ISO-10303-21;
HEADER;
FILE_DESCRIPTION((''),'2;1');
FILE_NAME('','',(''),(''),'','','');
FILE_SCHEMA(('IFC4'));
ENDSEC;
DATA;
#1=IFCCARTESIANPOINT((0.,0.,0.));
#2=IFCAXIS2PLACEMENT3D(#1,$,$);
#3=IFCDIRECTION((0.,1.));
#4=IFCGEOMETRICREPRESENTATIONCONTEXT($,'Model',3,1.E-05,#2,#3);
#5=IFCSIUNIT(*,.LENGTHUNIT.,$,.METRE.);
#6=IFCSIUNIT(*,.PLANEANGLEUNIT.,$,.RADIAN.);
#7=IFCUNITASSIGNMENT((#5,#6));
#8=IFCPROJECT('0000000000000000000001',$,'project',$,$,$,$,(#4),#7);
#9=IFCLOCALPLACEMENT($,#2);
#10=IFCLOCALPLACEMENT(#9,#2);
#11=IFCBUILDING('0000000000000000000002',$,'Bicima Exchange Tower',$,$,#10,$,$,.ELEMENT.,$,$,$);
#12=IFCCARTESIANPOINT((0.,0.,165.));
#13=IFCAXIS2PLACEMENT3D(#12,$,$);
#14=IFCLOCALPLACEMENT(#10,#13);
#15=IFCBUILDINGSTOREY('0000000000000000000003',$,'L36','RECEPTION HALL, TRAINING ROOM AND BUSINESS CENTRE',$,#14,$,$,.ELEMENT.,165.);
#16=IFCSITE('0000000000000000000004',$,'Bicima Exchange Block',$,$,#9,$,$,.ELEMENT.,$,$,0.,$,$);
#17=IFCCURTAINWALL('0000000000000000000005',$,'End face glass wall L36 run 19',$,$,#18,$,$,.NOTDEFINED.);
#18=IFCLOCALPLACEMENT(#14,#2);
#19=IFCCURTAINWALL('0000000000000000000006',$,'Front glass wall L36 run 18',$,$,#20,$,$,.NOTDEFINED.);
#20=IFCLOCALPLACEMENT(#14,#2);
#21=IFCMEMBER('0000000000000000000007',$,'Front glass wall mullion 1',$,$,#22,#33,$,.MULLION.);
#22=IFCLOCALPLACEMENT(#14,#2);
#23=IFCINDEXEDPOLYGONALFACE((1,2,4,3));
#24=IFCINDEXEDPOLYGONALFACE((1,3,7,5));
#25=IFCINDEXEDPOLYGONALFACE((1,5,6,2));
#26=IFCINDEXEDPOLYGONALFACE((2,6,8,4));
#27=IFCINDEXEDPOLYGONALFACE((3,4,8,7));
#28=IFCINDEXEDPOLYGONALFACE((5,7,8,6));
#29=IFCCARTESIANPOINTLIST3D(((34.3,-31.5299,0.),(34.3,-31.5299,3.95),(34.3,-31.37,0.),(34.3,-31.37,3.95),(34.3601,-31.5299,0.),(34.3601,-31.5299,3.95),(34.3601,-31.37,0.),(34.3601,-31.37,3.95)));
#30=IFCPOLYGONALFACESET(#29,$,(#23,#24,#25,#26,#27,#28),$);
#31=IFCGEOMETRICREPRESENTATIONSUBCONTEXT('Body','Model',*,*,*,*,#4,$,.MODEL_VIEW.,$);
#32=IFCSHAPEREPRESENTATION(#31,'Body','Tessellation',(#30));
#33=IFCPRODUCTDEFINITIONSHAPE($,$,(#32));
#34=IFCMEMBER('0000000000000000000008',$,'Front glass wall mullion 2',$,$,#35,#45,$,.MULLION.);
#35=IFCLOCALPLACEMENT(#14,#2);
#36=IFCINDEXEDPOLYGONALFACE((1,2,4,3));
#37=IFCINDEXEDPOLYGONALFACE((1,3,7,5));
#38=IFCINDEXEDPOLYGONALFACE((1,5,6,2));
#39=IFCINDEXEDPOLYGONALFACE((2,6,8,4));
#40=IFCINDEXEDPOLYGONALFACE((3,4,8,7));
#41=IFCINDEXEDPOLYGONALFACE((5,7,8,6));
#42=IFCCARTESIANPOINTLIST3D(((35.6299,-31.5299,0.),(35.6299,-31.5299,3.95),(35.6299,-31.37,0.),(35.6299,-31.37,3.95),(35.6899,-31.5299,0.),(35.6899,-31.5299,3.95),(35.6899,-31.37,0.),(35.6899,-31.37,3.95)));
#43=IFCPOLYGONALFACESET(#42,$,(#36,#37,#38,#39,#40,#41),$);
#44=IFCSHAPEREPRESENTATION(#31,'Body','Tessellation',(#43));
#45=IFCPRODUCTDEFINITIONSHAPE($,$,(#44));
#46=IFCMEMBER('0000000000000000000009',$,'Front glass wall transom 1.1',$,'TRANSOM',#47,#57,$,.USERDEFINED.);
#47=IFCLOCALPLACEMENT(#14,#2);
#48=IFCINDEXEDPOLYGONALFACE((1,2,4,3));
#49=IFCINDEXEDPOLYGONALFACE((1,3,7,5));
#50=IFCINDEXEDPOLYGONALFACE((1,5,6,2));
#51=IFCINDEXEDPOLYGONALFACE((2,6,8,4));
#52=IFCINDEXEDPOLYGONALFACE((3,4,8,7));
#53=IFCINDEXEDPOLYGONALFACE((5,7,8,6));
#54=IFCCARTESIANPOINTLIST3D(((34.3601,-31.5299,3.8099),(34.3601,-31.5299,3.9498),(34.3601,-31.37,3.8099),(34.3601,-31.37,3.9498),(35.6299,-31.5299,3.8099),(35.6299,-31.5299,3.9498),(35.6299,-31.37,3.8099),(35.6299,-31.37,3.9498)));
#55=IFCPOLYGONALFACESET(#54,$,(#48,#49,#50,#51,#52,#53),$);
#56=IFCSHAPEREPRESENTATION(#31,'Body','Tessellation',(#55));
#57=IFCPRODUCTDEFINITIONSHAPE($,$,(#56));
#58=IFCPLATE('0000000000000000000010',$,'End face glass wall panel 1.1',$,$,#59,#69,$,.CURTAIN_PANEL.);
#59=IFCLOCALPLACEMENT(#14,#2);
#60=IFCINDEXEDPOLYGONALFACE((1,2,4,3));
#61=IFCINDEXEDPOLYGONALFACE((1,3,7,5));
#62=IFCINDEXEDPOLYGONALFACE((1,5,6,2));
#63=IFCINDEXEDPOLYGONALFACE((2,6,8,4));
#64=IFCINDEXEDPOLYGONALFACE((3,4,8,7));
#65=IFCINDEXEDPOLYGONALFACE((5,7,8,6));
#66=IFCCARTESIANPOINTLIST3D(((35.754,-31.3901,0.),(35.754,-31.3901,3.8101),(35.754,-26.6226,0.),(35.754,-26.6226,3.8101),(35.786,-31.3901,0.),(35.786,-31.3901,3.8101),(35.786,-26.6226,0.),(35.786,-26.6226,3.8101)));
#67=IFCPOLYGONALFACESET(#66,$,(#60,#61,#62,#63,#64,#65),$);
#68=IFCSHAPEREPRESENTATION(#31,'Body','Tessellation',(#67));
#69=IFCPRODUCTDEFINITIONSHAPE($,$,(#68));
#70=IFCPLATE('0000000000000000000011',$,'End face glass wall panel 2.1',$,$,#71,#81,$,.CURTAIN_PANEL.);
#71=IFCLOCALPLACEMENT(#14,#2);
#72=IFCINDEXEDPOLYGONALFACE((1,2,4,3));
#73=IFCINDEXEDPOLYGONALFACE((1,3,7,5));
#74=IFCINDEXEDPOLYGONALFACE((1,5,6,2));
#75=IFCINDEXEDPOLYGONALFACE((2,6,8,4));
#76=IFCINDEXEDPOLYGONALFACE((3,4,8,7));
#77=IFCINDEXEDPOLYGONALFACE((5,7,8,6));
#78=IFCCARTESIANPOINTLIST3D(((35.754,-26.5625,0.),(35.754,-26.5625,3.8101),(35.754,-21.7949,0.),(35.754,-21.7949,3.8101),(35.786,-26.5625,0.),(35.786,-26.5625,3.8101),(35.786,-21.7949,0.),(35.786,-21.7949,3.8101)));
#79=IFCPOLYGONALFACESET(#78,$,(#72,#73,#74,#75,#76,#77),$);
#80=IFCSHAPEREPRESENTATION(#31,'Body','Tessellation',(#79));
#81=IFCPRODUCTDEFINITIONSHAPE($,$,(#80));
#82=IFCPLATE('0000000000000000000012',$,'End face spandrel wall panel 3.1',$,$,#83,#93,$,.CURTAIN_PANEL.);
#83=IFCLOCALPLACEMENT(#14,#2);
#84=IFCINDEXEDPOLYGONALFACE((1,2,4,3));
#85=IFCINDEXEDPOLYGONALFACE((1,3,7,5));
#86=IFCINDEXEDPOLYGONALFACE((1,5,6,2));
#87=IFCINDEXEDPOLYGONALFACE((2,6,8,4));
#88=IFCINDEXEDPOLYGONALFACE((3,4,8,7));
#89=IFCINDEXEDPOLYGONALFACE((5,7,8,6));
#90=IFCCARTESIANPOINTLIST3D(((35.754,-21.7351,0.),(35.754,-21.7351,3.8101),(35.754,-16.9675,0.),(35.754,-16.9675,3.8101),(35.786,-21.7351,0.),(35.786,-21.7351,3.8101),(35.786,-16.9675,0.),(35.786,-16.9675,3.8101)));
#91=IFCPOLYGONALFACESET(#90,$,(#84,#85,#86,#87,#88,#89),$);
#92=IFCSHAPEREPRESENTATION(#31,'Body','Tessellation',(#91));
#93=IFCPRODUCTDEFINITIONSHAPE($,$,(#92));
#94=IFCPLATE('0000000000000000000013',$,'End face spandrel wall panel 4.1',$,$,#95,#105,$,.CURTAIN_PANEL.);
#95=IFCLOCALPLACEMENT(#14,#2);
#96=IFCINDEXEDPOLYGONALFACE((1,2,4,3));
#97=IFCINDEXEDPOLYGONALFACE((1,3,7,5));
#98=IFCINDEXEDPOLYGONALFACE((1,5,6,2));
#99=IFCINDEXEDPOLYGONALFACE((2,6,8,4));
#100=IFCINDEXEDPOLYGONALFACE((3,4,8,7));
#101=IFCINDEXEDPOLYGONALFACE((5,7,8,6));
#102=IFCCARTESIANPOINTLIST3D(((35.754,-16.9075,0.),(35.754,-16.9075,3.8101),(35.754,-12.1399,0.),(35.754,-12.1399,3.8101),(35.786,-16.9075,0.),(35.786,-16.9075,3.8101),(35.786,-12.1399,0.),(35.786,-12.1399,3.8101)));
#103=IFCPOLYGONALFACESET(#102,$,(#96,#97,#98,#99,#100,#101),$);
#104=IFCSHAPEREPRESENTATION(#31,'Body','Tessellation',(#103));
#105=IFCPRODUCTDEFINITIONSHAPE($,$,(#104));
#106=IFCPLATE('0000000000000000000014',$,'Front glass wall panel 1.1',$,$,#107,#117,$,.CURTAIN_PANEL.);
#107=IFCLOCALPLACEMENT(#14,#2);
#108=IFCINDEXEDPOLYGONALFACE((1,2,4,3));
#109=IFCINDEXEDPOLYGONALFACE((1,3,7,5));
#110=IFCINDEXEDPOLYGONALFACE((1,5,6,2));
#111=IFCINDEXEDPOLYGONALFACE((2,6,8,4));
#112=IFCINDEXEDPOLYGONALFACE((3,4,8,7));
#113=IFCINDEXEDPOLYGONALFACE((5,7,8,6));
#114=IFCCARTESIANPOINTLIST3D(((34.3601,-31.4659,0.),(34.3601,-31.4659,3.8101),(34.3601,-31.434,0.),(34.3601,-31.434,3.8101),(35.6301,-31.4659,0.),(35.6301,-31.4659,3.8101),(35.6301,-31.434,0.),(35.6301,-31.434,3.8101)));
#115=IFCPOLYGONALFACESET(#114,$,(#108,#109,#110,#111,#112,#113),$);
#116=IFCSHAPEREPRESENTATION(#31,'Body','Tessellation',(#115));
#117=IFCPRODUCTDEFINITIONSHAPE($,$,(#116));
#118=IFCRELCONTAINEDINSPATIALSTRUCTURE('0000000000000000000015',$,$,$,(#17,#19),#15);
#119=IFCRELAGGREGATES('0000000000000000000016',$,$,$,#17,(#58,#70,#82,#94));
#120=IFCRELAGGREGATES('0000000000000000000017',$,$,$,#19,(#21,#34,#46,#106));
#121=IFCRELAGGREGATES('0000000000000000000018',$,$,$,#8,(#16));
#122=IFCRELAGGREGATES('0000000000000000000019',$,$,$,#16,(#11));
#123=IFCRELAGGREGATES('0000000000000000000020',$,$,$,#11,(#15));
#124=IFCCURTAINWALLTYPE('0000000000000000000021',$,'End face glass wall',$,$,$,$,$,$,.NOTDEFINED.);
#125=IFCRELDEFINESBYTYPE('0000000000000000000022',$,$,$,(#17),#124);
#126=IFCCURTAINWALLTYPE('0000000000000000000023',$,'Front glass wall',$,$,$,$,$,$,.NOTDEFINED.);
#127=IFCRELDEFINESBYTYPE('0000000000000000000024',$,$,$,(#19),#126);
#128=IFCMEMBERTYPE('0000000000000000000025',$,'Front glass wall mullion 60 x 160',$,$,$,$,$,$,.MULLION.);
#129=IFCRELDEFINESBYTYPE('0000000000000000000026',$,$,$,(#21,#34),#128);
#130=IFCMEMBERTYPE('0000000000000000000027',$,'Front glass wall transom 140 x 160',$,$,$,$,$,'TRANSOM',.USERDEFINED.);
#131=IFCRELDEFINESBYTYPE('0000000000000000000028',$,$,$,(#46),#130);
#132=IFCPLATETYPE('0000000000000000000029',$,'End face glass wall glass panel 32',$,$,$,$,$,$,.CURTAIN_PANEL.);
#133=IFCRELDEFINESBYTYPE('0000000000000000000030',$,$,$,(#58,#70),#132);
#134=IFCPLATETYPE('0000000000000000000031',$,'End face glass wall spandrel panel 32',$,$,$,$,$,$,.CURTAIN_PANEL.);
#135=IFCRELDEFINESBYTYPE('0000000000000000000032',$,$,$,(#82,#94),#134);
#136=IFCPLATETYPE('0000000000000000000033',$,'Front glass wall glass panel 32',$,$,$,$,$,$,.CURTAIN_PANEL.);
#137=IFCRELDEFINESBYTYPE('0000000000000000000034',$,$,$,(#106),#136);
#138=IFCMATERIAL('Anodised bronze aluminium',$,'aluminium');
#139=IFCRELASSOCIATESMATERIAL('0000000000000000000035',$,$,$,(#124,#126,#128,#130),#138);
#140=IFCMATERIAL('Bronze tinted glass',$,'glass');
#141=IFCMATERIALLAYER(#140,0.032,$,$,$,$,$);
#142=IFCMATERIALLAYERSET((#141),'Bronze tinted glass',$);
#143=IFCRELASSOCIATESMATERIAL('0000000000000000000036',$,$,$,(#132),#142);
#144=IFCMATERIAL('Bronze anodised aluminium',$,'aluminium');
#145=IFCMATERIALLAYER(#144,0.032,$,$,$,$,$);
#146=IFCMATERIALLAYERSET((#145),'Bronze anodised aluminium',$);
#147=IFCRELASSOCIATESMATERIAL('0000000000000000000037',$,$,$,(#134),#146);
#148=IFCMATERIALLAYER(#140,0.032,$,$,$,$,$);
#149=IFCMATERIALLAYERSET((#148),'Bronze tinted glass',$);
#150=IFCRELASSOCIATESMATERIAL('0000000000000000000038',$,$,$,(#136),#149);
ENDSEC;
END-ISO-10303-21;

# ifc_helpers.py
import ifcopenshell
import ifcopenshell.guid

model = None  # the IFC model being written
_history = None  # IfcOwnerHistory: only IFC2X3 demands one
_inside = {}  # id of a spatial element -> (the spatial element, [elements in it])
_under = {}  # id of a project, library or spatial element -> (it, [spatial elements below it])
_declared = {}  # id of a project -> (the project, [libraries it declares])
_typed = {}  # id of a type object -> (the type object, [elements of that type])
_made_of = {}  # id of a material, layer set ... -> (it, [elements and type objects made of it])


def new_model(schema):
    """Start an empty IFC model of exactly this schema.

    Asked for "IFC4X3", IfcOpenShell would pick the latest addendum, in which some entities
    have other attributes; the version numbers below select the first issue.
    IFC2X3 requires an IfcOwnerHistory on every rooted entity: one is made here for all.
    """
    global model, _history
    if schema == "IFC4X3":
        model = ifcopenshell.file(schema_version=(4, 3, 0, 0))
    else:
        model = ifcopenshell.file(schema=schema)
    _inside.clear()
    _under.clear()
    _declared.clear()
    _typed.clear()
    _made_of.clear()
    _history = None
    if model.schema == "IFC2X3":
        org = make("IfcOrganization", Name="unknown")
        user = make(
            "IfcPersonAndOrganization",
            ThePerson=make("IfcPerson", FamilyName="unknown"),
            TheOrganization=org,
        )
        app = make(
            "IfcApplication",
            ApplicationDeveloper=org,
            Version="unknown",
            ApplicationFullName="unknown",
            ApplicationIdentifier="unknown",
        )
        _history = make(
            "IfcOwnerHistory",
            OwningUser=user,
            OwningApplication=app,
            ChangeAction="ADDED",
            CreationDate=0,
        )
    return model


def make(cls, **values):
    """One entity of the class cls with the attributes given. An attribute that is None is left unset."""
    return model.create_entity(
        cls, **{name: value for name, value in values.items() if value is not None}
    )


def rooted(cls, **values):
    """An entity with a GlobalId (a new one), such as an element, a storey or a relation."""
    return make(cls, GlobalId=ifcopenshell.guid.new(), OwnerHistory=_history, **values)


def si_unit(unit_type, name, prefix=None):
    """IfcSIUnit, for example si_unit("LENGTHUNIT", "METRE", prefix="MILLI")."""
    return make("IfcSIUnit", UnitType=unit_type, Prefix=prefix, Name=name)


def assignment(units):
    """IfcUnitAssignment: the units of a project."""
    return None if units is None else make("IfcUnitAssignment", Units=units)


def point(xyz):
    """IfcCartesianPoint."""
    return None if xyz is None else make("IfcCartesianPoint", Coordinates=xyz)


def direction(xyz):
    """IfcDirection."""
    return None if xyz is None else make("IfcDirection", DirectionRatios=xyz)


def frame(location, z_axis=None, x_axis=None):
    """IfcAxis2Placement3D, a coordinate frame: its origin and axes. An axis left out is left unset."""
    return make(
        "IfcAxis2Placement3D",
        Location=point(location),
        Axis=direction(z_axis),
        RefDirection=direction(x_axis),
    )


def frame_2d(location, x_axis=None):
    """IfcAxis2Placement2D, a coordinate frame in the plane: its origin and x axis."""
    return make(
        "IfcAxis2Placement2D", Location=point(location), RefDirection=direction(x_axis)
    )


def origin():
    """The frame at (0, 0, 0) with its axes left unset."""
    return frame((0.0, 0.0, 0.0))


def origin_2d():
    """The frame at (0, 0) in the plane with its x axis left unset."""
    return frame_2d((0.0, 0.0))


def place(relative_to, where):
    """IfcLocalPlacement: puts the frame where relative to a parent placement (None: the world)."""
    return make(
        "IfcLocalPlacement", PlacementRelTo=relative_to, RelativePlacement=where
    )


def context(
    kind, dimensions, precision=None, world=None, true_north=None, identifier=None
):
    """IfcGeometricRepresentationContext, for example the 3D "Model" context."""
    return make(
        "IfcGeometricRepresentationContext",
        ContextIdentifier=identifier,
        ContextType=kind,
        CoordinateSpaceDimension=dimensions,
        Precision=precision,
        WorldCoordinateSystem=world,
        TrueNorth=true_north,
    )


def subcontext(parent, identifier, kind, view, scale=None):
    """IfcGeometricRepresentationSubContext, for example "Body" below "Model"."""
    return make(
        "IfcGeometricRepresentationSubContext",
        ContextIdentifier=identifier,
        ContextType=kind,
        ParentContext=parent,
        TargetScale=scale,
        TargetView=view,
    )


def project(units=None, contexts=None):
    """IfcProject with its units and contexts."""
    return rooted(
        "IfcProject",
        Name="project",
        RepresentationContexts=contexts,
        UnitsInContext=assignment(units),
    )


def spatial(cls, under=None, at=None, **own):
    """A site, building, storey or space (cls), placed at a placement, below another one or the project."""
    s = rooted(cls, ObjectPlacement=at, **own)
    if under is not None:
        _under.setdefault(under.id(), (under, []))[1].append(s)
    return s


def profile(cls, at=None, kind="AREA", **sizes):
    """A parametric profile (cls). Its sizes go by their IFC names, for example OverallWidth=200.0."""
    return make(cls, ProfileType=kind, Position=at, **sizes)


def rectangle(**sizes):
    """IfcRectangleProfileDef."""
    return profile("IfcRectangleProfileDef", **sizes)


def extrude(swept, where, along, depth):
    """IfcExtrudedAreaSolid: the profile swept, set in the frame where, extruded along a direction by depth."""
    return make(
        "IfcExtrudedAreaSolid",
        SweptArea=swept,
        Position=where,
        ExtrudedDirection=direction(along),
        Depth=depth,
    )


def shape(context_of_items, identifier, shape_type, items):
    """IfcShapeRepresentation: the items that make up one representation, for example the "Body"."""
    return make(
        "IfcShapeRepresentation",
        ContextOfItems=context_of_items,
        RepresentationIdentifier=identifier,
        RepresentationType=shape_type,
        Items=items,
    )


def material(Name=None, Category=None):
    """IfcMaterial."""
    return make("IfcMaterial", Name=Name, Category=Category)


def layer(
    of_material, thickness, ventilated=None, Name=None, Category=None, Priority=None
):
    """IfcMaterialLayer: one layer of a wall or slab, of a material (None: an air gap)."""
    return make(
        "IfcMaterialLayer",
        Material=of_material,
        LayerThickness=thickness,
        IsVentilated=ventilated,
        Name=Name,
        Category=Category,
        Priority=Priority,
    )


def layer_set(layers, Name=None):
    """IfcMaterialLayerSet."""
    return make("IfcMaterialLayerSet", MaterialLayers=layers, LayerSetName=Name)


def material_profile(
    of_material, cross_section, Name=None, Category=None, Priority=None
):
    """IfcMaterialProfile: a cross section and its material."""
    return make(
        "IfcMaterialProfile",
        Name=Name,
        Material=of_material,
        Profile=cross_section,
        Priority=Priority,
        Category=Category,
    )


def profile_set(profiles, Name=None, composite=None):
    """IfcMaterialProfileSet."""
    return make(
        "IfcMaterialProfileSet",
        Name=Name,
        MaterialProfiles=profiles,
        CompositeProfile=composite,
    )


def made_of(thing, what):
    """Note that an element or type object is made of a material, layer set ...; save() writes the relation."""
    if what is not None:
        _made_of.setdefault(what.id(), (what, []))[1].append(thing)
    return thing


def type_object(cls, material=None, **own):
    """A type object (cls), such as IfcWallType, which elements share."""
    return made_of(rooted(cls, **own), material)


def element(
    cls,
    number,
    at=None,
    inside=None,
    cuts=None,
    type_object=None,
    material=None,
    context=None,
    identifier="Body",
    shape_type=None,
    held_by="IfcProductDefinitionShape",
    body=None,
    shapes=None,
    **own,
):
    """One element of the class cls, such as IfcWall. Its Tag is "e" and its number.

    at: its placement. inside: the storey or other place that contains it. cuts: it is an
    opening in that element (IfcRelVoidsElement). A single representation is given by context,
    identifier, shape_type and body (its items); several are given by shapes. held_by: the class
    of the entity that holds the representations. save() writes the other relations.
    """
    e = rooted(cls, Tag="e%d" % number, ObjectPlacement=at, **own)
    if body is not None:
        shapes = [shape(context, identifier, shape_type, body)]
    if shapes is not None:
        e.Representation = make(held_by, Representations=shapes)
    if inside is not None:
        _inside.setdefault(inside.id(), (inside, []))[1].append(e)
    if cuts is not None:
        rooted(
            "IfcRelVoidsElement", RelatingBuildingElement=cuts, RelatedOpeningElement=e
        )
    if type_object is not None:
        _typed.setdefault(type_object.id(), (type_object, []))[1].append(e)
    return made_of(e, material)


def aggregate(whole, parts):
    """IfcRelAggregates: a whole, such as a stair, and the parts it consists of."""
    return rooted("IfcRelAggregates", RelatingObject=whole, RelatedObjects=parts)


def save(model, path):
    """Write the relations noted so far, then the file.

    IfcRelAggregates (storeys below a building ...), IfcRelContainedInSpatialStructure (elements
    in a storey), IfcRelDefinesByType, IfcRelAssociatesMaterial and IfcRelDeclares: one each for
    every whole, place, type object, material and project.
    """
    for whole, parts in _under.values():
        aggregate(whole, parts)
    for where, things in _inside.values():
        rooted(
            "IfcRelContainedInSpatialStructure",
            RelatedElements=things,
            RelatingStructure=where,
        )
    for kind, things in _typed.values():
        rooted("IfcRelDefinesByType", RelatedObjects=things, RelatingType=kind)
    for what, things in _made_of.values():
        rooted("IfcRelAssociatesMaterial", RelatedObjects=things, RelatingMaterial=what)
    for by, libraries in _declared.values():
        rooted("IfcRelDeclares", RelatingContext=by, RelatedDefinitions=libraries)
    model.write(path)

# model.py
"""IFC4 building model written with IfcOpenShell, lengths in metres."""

from ifc_helpers import new_model, si_unit, direction, frame, origin, origin_2d, place, context, subcontext, project, spatial, rectangle, extrude, material, layer, layer_set, material_profile, profile_set, type_object, element, aggregate, save


model = new_model("IFC4")

# Units and contexts
model_context = context("Model", 3, precision=1e-05, world=origin(), true_north=direction((0.0, 1.0)))
body_context = subcontext(model_context, "Body", "Model", "MODEL_VIEW")
ifc_project = project(units=[si_unit("LENGTHUNIT", "METRE"), si_unit("PLANEANGLEUNIT", "RADIAN")], contexts=[model_context])

# Site, building, storey
site_placement = place(None, origin())
site = spatial("IfcSite", under=ifc_project, at=site_placement, Name="Bicima Exchange Block", CompositionType="ELEMENT", RefElevation=0.0)
building_placement = place(site_placement, origin())
building = spatial("IfcBuilding", under=site, at=building_placement, Name="Bicima Exchange Tower", CompositionType="ELEMENT")
storey_placement = place(building_placement, frame((0.0, 0.0, 165.0)))
storey = spatial("IfcBuildingStorey", under=building, at=storey_placement, Name="L36", Description="RECEPTION HALL, TRAINING ROOM AND BUSINESS CENTRE", CompositionType="ELEMENT", Elevation=165.0)

# Curtain wall
ifc_material_1 = material(Name="Anodised bronze aluminium", Category="aluminium")
curtain_wall_type_1 = type_object("IfcCurtainWallType", Name="End face glass wall", PredefinedType="NOTDEFINED", material=ifc_material_1)
curtain_wall_1_placement = place(storey_placement, origin())
curtain_wall_1 = element("IfcCurtainWall", 1, at=curtain_wall_1_placement, inside=storey, type_object=curtain_wall_type_1, Name="End face glass wall L36 run 19", PredefinedType="NOTDEFINED")
ifc_material_profile_1 = material_profile(ifc_material_1, rectangle(XDim=0.1599, YDim=0.0601, at=origin_2d()))
ifc_profile_set_1 = profile_set([ifc_material_profile_1], Name="Anodised bronze aluminium")
ifc_material_profile_2 = material_profile(ifc_material_1, rectangle(XDim=0.1599, YDim=0.1399, at=origin_2d()))
ifc_profile_set_2 = profile_set([ifc_material_profile_2], Name="Anodised bronze aluminium")

# Curtain wall, members
curtain_wall_type_2 = type_object("IfcCurtainWallType", Name="Front glass wall", PredefinedType="NOTDEFINED", material=ifc_material_1)
curtain_wall_2_placement = place(storey_placement, origin())
curtain_wall_2 = element("IfcCurtainWall", 2, at=curtain_wall_2_placement, inside=storey, type_object=curtain_wall_type_2, Name="Front glass wall L36 run 18", PredefinedType="NOTDEFINED")
member_type_1 = type_object("IfcMemberType", Name="Front glass wall mullion 60 x 160", PredefinedType="MULLION", material=ifc_profile_set_1)
member_1_placement = place(storey_placement, frame((34.3301, -31.45, 0.0), z_axis=(0.0, 0.0, 1.0), x_axis=(0.0, 1.0, 0.0)))
member_1 = element("IfcMember", 3, at=member_1_placement, type_object=member_type_1, Name="Front glass wall mullion 1", PredefinedType="MULLION", context=body_context, shape_type="SweptSolid", body=[
    extrude(rectangle(XDim=0.1599, YDim=0.0601, at=origin_2d()), origin(), (0.0, 0.0, 1.0), 3.95),
])
member_2_placement = place(storey_placement, frame((35.6599, -31.45, 0.0), z_axis=(0.0, 0.0, 1.0), x_axis=(0.0, 1.0, 0.0)))
member_2 = element("IfcMember", 4, at=member_2_placement, type_object=member_type_1, Name="Front glass wall mullion 2", PredefinedType="MULLION", context=body_context, shape_type="SweptSolid", body=[
    extrude(rectangle(XDim=0.1599, YDim=0.0601, at=origin_2d()), origin(), (0.0, 0.0, 1.0), 3.95),
])
member_type_2 = type_object("IfcMemberType", Name="Front glass wall transom 140 x 160", ElementType="TRANSOM", PredefinedType="USERDEFINED", material=ifc_profile_set_2)
member_3_placement = place(storey_placement, frame((34.3601, -31.45, 3.8799), z_axis=(1.0, 0.0, 0.0), x_axis=(0.0, 1.0, 0.0)))
member_3 = element("IfcMember", 5, at=member_3_placement, type_object=member_type_2, Name="Front glass wall transom 1.1", ObjectType="TRANSOM", PredefinedType="USERDEFINED", context=body_context, shape_type="SweptSolid", body=[
    extrude(rectangle(XDim=0.1599, YDim=0.1399, at=origin_2d()), origin(), (0.0, 0.0, 1.0), 1.2698),
])

# Plates
ifc_material_2 = material(Name="Bronze tinted glass", Category="glass")
ifc_layer_1 = layer(ifc_material_2, 0.032)
ifc_layer_set_1 = layer_set([ifc_layer_1], Name="Bronze tinted glass")
plate_type_1 = type_object("IfcPlateType", Name="End face glass wall glass panel 32", PredefinedType="CURTAIN_PANEL", material=ifc_layer_set_1)
plate_1_placement = place(storey_placement, frame((35.77, -29.0063, 0.0), z_axis=(0.0, 0.0, 1.0), x_axis=(0.0, 1.0, 0.0)))
plate_1 = element("IfcPlate", 6, at=plate_1_placement, type_object=plate_type_1, Name="End face glass wall panel 1.1", PredefinedType="CURTAIN_PANEL", context=body_context, shape_type="SweptSolid", body=[
    extrude(rectangle(XDim=4.7676, YDim=0.032, at=origin_2d()), origin(), (0.0, 0.0, 1.0), 3.8101),
])
plate_2_placement = place(storey_placement, frame((35.77, -24.1787, 0.0), z_axis=(0.0, 0.0, 1.0), x_axis=(0.0, 1.0, 0.0)))
plate_2 = element("IfcPlate", 7, at=plate_2_placement, type_object=plate_type_1, Name="End face glass wall panel 2.1", PredefinedType="CURTAIN_PANEL", context=body_context, shape_type="SweptSolid", body=[
    extrude(rectangle(XDim=4.7676, YDim=0.032, at=origin_2d()), origin(), (0.0, 0.0, 1.0), 3.8101),
])
ifc_material_3 = material(Name="Bronze anodised aluminium", Category="aluminium")
ifc_layer_2 = layer(ifc_material_3, 0.032)
ifc_layer_set_2 = layer_set([ifc_layer_2], Name="Bronze anodised aluminium")
plate_type_2 = type_object("IfcPlateType", Name="End face glass wall spandrel panel 32", PredefinedType="CURTAIN_PANEL", material=ifc_layer_set_2)
plate_3_placement = place(storey_placement, frame((35.77, -19.3513, 0.0), z_axis=(0.0, 0.0, 1.0), x_axis=(0.0, 1.0, 0.0)))
plate_3 = element("IfcPlate", 8, at=plate_3_placement, type_object=plate_type_2, Name="End face spandrel wall panel 3.1", PredefinedType="CURTAIN_PANEL", context=body_context, shape_type="SweptSolid", body=[
    extrude(rectangle(XDim=4.7676, YDim=0.032, at=origin_2d()), origin(), (0.0, 0.0, 1.0), 3.8101),
])
plate_4_placement = place(storey_placement, frame((35.77, -14.5237, 0.0), z_axis=(0.0, 0.0, 1.0), x_axis=(0.0, 1.0, 0.0)))
plate_4 = element("IfcPlate", 9, at=plate_4_placement, type_object=plate_type_2, Name="End face spandrel wall panel 4.1", PredefinedType="CURTAIN_PANEL", context=body_context, shape_type="SweptSolid", body=[
    extrude(rectangle(XDim=4.7676, YDim=0.032, at=origin_2d()), origin(), (0.0, 0.0, 1.0), 3.8101),
])
aggregate(curtain_wall_1, [plate_1, plate_2, plate_3, plate_4])
ifc_layer_3 = layer(ifc_material_2, 0.032)
ifc_layer_set_3 = layer_set([ifc_layer_3], Name="Bronze tinted glass")
plate_type_3 = type_object("IfcPlateType", Name="Front glass wall glass panel 32", PredefinedType="CURTAIN_PANEL", material=ifc_layer_set_3)
plate_5_placement = place(storey_placement, frame((34.9951, -31.45, 0.0), z_axis=(0.0, 0.0, 1.0), x_axis=(1.0, 0.0, 0.0)))
plate_5 = element("IfcPlate", 10, at=plate_5_placement, type_object=plate_type_3, Name="Front glass wall panel 1.1", PredefinedType="CURTAIN_PANEL", context=body_context, shape_type="SweptSolid", body=[
    extrude(rectangle(XDim=1.27, YDim=0.032, at=origin_2d()), origin(), (0.0, 0.0, 1.0), 3.8101),
])
aggregate(curtain_wall_2, [member_1, member_2, member_3, plate_5])

save(model, "model.ifc")
